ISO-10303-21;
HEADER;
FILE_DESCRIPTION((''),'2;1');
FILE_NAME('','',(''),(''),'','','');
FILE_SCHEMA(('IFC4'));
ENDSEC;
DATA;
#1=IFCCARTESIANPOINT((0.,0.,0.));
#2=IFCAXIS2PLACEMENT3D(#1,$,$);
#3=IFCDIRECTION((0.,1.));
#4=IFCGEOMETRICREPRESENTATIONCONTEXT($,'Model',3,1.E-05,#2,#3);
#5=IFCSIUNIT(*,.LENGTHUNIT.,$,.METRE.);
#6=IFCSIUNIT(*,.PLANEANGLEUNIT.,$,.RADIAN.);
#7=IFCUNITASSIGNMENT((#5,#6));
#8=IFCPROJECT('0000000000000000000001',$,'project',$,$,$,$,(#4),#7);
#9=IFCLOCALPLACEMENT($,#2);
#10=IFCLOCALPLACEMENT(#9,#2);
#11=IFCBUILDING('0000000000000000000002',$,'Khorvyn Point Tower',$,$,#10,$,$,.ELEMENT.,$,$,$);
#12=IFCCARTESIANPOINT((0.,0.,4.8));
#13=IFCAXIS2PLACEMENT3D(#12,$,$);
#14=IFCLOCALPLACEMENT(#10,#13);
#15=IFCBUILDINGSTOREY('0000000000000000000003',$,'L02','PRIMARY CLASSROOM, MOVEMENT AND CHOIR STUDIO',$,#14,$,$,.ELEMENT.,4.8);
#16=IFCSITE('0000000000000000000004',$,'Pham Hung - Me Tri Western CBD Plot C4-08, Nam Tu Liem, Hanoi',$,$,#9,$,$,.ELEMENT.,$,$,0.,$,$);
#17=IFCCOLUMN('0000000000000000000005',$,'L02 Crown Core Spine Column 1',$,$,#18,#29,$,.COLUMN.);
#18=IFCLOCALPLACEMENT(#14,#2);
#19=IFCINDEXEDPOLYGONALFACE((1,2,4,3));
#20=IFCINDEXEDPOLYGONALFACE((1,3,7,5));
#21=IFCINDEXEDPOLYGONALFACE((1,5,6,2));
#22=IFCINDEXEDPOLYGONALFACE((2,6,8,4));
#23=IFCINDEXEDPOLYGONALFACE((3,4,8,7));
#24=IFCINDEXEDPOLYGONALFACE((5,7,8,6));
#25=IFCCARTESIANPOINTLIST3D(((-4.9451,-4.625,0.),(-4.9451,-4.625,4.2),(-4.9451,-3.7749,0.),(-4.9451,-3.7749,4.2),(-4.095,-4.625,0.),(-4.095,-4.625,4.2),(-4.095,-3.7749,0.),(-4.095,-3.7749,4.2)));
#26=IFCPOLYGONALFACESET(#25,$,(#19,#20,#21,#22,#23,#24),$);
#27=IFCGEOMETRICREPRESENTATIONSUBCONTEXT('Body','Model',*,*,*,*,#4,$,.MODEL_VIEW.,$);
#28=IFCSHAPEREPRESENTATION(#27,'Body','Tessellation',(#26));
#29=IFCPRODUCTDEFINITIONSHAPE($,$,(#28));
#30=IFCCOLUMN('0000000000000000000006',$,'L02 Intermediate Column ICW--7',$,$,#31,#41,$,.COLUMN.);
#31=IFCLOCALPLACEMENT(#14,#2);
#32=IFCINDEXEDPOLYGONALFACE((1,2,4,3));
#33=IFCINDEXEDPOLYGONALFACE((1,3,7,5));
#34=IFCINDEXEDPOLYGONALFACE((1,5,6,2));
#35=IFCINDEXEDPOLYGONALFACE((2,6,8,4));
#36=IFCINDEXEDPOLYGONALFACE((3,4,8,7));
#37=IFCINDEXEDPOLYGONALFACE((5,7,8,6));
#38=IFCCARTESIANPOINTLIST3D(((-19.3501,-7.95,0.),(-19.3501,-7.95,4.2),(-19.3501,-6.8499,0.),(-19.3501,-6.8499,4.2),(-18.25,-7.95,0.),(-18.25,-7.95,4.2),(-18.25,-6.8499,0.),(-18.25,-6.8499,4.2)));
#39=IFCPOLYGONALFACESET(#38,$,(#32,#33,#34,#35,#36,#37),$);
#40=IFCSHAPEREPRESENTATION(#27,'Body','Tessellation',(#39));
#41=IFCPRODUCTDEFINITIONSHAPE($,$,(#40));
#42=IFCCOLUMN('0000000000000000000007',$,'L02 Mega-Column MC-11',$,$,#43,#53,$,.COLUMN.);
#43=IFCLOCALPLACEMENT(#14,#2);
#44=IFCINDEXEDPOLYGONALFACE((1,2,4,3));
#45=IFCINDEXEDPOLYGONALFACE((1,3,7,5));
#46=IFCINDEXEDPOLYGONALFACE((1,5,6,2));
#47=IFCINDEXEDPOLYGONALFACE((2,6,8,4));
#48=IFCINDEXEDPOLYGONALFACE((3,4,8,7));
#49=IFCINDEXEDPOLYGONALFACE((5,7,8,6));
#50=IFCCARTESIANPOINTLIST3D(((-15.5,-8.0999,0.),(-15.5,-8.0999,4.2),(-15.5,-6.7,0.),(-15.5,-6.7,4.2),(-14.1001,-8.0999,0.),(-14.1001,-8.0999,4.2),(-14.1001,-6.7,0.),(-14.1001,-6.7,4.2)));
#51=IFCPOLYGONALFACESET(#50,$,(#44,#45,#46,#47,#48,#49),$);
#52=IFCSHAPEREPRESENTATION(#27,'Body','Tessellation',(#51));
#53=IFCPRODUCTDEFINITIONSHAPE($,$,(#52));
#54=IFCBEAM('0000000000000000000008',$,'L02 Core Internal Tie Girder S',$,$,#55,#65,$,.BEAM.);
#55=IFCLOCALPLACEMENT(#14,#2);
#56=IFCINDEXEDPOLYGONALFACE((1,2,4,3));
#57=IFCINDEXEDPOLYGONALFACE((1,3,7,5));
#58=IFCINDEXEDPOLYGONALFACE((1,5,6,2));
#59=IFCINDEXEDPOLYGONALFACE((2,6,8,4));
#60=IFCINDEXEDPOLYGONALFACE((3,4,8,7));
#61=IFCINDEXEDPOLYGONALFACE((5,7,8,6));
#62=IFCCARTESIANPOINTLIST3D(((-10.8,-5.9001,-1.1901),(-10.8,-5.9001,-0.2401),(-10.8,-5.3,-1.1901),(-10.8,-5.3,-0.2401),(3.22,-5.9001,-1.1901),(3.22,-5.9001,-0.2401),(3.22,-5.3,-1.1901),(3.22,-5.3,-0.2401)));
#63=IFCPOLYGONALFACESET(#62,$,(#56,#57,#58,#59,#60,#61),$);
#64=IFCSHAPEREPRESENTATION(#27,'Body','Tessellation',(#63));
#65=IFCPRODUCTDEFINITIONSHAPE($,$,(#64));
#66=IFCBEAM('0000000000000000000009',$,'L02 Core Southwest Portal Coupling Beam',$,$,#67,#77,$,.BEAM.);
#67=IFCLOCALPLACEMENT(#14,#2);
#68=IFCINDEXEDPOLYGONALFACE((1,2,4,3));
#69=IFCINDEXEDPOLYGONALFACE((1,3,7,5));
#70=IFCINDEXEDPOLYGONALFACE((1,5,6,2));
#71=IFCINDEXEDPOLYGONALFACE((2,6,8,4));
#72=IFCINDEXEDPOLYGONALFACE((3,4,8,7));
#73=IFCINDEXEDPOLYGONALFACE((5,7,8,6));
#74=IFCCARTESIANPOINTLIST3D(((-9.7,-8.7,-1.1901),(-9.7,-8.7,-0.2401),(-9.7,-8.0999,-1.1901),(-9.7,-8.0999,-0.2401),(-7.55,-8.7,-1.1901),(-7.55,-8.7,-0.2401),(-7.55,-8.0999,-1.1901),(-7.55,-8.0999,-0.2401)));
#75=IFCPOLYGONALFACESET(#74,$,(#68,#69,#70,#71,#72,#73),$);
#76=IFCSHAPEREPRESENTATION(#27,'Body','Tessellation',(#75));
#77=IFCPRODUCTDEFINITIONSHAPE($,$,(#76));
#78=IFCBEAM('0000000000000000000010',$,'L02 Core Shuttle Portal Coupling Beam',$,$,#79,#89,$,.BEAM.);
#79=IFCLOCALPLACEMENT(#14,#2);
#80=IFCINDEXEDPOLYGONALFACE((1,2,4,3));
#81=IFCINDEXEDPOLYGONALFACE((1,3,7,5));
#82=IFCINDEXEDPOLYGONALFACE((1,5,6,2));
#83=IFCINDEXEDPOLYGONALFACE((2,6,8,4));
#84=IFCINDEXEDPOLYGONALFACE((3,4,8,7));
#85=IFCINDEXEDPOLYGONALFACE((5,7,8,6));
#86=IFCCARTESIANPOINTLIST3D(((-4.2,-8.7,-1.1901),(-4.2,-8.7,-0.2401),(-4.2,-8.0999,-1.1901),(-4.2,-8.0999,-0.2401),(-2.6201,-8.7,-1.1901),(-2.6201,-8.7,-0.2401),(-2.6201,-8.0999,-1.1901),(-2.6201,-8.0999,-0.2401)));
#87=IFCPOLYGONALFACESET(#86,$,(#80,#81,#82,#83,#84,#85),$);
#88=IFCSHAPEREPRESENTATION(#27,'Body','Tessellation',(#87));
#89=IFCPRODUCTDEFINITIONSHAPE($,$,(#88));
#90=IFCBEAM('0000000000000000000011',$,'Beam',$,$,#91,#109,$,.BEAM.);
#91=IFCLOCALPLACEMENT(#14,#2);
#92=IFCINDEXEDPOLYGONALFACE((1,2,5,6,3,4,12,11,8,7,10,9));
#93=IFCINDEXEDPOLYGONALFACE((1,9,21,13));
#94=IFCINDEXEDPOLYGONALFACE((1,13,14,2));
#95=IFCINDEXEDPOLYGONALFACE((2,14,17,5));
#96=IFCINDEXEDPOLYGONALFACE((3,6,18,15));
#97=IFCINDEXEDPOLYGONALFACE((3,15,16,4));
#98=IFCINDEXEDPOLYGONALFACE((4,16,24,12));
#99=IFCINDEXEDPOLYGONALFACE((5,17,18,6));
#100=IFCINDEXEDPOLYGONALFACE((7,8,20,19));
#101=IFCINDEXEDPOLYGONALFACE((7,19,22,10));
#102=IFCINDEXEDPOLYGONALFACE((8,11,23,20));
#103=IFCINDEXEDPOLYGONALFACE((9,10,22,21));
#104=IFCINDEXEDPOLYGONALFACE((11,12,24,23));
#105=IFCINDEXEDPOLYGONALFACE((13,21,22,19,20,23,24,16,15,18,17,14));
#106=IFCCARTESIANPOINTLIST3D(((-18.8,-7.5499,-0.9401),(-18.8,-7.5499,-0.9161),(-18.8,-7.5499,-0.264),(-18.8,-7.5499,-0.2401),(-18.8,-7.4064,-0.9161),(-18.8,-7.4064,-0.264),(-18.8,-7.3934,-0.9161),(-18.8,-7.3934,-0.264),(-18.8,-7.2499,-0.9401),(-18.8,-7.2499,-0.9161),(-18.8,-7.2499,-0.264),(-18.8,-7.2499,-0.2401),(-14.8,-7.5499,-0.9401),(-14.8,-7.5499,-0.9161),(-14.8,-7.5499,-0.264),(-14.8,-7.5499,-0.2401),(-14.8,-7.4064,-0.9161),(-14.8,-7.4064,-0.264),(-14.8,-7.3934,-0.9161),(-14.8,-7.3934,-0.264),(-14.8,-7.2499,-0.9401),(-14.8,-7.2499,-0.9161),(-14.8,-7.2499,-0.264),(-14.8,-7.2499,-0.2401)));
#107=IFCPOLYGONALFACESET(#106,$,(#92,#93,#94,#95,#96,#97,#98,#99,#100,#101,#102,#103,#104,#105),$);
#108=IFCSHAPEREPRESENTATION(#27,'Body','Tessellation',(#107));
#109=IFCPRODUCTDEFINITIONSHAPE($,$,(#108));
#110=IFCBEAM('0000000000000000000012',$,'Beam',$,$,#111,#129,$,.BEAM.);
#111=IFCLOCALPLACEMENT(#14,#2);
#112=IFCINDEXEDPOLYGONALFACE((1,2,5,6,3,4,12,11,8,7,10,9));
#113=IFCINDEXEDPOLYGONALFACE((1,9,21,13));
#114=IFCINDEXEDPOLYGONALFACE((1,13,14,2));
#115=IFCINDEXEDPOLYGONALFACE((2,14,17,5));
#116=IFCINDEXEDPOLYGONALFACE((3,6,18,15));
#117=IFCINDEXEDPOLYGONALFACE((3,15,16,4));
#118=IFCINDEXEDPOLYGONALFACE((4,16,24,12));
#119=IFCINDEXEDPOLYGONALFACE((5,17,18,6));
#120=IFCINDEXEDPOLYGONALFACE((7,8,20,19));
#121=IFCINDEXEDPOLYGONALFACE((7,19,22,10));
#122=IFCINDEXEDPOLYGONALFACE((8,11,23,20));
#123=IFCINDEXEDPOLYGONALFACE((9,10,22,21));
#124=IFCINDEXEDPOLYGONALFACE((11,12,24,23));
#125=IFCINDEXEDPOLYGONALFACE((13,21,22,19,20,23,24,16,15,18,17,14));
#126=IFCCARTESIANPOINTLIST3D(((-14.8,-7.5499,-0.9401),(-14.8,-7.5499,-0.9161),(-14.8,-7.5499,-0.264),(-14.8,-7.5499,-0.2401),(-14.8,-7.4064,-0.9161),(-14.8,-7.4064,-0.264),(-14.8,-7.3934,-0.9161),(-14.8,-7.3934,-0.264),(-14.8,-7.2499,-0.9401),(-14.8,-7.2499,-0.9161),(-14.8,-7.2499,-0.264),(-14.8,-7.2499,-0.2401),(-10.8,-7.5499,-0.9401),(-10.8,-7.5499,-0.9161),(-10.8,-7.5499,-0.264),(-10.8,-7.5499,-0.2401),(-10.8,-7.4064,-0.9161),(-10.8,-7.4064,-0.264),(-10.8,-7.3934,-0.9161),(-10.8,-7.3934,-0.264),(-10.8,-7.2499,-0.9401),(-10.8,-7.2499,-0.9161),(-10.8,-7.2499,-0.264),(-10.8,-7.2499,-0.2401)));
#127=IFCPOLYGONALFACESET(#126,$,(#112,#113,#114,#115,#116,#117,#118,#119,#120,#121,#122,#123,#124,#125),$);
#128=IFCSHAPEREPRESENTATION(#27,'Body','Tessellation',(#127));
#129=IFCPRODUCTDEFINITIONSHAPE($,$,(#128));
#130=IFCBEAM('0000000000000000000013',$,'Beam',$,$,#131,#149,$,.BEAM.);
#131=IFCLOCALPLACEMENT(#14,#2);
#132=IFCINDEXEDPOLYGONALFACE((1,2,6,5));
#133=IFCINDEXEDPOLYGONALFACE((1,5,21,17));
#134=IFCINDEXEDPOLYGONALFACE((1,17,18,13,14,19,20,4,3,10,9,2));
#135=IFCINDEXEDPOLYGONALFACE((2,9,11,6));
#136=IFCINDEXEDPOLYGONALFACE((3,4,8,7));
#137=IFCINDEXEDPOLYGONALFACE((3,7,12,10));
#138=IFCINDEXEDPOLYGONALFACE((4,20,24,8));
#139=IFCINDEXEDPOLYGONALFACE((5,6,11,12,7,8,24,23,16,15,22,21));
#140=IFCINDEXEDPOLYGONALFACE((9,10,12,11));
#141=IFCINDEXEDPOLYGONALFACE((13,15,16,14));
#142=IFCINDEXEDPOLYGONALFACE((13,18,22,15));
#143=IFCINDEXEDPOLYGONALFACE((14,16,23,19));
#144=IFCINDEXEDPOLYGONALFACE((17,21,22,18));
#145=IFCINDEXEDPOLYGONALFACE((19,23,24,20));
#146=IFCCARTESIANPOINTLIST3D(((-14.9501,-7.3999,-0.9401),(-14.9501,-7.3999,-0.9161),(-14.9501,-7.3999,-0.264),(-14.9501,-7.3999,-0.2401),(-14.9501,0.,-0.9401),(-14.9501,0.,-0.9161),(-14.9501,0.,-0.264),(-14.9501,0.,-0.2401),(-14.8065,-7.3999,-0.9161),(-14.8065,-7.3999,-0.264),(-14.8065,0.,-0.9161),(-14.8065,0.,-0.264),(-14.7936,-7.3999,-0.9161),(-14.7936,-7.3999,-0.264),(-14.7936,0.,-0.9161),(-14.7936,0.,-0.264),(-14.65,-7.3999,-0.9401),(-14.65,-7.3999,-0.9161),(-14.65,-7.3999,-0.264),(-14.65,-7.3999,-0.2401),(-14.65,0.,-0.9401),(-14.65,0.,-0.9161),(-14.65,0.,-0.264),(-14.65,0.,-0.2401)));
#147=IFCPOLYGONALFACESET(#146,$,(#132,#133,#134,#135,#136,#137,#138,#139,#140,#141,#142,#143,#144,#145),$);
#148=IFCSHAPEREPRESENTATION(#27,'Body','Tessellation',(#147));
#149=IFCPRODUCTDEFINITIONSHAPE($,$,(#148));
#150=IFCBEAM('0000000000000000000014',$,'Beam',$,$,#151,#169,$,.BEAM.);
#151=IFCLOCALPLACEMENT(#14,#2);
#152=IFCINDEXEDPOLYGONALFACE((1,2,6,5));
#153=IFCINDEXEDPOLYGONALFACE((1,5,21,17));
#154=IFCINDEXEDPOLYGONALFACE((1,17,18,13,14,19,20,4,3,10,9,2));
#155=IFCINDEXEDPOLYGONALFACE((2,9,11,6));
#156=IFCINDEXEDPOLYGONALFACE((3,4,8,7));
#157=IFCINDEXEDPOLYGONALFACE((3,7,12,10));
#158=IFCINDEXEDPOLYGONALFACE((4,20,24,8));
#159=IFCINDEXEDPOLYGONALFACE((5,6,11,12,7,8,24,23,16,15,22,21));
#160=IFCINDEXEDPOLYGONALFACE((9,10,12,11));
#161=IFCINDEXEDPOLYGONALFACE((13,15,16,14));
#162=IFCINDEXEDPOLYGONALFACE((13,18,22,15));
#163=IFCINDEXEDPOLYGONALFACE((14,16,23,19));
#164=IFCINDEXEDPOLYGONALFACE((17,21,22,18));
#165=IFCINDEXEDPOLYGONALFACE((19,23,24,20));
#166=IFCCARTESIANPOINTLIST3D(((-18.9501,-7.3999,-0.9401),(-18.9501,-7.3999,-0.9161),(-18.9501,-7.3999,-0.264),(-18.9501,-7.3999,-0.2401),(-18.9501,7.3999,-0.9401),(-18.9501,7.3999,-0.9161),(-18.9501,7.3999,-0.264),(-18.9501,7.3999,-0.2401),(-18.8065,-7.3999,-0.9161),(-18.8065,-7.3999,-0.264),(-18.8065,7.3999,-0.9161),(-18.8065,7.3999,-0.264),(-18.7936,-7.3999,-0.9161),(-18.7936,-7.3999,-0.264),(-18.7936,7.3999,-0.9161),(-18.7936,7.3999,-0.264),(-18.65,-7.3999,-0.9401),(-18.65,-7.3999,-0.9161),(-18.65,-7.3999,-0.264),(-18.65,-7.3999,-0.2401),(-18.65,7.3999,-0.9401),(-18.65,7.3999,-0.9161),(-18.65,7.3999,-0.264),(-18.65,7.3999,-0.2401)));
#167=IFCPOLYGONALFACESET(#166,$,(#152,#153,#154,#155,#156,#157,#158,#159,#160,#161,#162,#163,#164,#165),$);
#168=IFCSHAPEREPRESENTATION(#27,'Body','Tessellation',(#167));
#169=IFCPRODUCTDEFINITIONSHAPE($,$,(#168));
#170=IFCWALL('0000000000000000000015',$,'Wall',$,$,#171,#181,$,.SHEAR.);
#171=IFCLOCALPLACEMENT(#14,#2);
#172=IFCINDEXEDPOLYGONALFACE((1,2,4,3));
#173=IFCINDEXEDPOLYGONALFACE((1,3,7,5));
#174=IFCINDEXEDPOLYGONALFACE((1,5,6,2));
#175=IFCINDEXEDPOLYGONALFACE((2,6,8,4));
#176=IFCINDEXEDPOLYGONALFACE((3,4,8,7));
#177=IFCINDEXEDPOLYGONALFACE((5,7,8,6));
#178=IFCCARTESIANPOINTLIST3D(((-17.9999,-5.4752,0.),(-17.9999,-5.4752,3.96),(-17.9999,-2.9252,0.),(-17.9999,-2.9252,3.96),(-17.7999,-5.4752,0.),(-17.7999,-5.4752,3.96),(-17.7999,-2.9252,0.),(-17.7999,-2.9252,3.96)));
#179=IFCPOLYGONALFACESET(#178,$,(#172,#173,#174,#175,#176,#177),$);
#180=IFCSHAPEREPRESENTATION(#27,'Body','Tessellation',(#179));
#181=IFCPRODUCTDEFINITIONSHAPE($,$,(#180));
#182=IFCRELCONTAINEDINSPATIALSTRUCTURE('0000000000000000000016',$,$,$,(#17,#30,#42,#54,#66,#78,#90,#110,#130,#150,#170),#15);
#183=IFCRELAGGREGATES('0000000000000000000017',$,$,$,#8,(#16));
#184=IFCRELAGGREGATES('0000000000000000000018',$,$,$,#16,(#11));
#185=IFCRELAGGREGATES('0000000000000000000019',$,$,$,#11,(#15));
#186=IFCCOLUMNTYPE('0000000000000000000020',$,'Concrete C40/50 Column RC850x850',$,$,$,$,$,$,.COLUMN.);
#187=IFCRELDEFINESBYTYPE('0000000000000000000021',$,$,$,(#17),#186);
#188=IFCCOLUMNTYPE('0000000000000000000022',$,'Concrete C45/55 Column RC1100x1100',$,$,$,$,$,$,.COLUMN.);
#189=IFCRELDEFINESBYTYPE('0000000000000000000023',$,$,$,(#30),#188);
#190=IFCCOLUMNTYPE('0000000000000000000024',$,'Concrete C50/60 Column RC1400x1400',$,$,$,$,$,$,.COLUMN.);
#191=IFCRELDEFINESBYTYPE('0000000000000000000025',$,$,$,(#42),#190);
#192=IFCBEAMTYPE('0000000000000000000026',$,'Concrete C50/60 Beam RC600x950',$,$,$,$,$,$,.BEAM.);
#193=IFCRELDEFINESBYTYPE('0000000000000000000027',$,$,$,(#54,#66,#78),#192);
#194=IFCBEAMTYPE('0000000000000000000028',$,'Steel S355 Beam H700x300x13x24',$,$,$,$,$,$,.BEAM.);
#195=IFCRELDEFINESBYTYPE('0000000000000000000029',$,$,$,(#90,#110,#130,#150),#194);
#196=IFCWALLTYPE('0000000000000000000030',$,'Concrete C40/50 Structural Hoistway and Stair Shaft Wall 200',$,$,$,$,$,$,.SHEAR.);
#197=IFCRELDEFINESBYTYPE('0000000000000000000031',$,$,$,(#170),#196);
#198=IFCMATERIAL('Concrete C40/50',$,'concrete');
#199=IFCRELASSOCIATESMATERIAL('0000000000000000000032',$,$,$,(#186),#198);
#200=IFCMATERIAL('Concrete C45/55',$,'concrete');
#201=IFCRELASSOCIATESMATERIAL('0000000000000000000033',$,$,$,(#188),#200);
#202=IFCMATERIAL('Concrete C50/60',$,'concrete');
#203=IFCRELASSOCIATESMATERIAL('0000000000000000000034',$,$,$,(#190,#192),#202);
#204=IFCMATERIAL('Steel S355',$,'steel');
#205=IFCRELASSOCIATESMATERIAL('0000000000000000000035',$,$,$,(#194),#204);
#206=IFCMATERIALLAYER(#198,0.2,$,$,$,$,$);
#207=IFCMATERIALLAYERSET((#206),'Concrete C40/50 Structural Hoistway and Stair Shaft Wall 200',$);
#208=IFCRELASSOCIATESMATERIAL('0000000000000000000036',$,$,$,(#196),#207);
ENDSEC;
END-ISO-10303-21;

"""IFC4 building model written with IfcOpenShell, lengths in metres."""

from ifc_helpers import new_model, si_unit, direction, frame, frame_2d, origin, origin_2d, place, context, subcontext, project, spatial, rectangle, i_section, extrude, material, layer, layer_set, material_profile, profile_set, type_object, element, save


model = new_model("IFC4")

# Units and contexts
model_context = context("Model", 3, precision=1e-05, world=origin(), true_north=direction((0.0, 1.0)))
body_context = subcontext(model_context, "Body", "Model", "MODEL_VIEW")
ifc_project = project(units=[si_unit("LENGTHUNIT", "METRE"), si_unit("PLANEANGLEUNIT", "RADIAN")], contexts=[model_context])

# Site, building, storey
site_placement = place(None, origin())
site = spatial("IfcSite", under=ifc_project, at=site_placement, Name="Pham Hung - Me Tri Western CBD Plot C4-08, Nam Tu Liem, Hanoi", CompositionType="ELEMENT", RefElevation=0.0)
building_placement = place(site_placement, origin())
building = spatial("IfcBuilding", under=site, at=building_placement, Name="Khorvyn Point Tower", CompositionType="ELEMENT")
storey_placement = place(building_placement, frame((0.0, 0.0, 4.8)))
storey = spatial("IfcBuildingStorey", under=building, at=storey_placement, Name="L02", Description="PRIMARY CLASSROOM, MOVEMENT AND CHOIR STUDIO", CompositionType="ELEMENT", Elevation=4.8)

# Columns
ifc_material_1 = material(Name="Concrete C40/50", Category="concrete")
ifc_material_profile_1 = material_profile(ifc_material_1, rectangle(XDim=0.8501, YDim=0.8501, at=origin_2d()))
ifc_profile_set_1 = profile_set([ifc_material_profile_1], Name="Concrete C40/50 RC850x850")
column_type_1 = type_object("IfcColumnType", Name="Concrete C40/50 Column RC850x850", PredefinedType="COLUMN", material=ifc_profile_set_1)
column_1_placement = place(storey_placement, frame((-4.52, -4.2, 0.0), z_axis=(0.0, 0.0, 1.0), x_axis=(1.0, 0.0, 0.0)))
element("IfcColumn", 1, at=column_1_placement, inside=storey, type_object=column_type_1, Name="L02 Crown Core Spine Column 1", PredefinedType="COLUMN", context=body_context, shape_type="SweptSolid", body=[
    extrude(rectangle(XDim=0.8501, YDim=0.8501, at=origin_2d()), origin(), (0.0, 0.0, 1.0), 4.2),
])
ifc_material_2 = material(Name="Concrete C45/55", Category="concrete")
ifc_material_profile_2 = material_profile(ifc_material_2, rectangle(XDim=1.1001, YDim=1.1001, at=origin_2d()))
ifc_profile_set_2 = profile_set([ifc_material_profile_2], Name="Concrete C45/55 RC1100x1100")
column_type_2 = type_object("IfcColumnType", Name="Concrete C45/55 Column RC1100x1100", PredefinedType="COLUMN", material=ifc_profile_set_2)
column_2_placement = place(storey_placement, frame((-18.8, -7.3999, 0.0), z_axis=(0.0, 0.0, 1.0), x_axis=(1.0, 0.0, 0.0)))
element("IfcColumn", 2, at=column_2_placement, inside=storey, type_object=column_type_2, Name="L02 Intermediate Column ICW--7", PredefinedType="COLUMN", context=body_context, shape_type="SweptSolid", body=[
    extrude(rectangle(XDim=1.1001, YDim=1.1001, at=origin_2d()), origin(), (0.0, 0.0, 1.0), 4.2),
])
ifc_material_3 = material(Name="Concrete C50/60", Category="concrete")
ifc_material_profile_3 = material_profile(ifc_material_3, rectangle(XDim=1.3999, YDim=1.3999, at=origin_2d()))
ifc_profile_set_3 = profile_set([ifc_material_profile_3], Name="Concrete C50/60 RC1400x1400")
column_type_3 = type_object("IfcColumnType", Name="Concrete C50/60 Column RC1400x1400", PredefinedType="COLUMN", material=ifc_profile_set_3)
column_3_placement = place(storey_placement, frame((-14.8, -7.3999, 0.0), z_axis=(0.0, 0.0, 1.0), x_axis=(1.0, 0.0, 0.0)))
element("IfcColumn", 3, at=column_3_placement, inside=storey, type_object=column_type_3, Name="L02 Mega-Column MC-11", PredefinedType="COLUMN", context=body_context, shape_type="SweptSolid", body=[
    extrude(rectangle(XDim=1.3999, YDim=1.3999, at=origin_2d()), origin(), (0.0, 0.0, 1.0), 4.2),
])

# Beams
ifc_material_profile_4 = material_profile(ifc_material_3, rectangle(XDim=0.6001, YDim=0.95, at=origin_2d()))
ifc_profile_set_4 = profile_set([ifc_material_profile_4], Name="Concrete C50/60 RC600x950")
beam_type_1 = type_object("IfcBeamType", Name="Concrete C50/60 Beam RC600x950", PredefinedType="BEAM", material=ifc_profile_set_4)
beam_1_placement = place(storey_placement, frame((-10.8, -5.6001, -0.7151), z_axis=(1.0, 0.0, 0.0), x_axis=(0.0, 1.0, 0.0)))
element("IfcBeam", 4, at=beam_1_placement, inside=storey, type_object=beam_type_1, Name="L02 Core Internal Tie Girder S", PredefinedType="BEAM", context=body_context, shape_type="SweptSolid", body=[
    extrude(rectangle(XDim=0.6001, YDim=0.95, at=origin_2d()), origin(), (0.0, 0.0, 1.0), 14.02),
])
beam_2_placement = place(storey_placement, frame((-9.7, -8.3999, -0.7151), z_axis=(1.0, 0.0, 0.0), x_axis=(0.0, 1.0, 0.0)))
element("IfcBeam", 5, at=beam_2_placement, inside=storey, type_object=beam_type_1, Name="L02 Core Southwest Portal Coupling Beam", PredefinedType="BEAM", context=body_context, shape_type="SweptSolid", body=[
    extrude(rectangle(XDim=0.6001, YDim=0.95, at=origin_2d()), origin(), (0.0, 0.0, 1.0), 2.1499),
])
beam_3_placement = place(storey_placement, frame((-4.2, -8.3999, -0.7151), z_axis=(1.0, 0.0, 0.0), x_axis=(0.0, 1.0, 0.0)))
element("IfcBeam", 6, at=beam_3_placement, inside=storey, type_object=beam_type_1, Name="L02 Core Shuttle Portal Coupling Beam", PredefinedType="BEAM", context=body_context, shape_type="SweptSolid", body=[
    extrude(rectangle(XDim=0.6001, YDim=0.95, at=origin_2d()), origin(), (0.0, 0.0, 1.0), 1.5798),
])
ifc_material_4 = material(Name="Steel S355", Category="steel")
ifc_material_profile_5 = material_profile(ifc_material_4, i_section(OverallWidth=0.3, OverallDepth=0.7, WebThickness=0.0129, FlangeThickness=0.0239, at=origin_2d()))
ifc_profile_set_5 = profile_set([ifc_material_profile_5], Name="Steel S355 H700x300x13x24")
beam_type_2 = type_object("IfcBeamType", Name="Steel S355 Beam H700x300x13x24", PredefinedType="BEAM", material=ifc_profile_set_5)
for number, where, z_axis, x_axis, name in (
    (7, (-18.8, -7.3999, -0.5901), (1.0, 0.0, 0.0), (0.0, 1.0, 0.0), "Beam"),
    (8, (-14.8, -7.3999, -0.5901), (1.0, 0.0, 0.0), (0.0, 1.0, 0.0), "Beam"),
):
    element("IfcBeam", number, at=place(storey_placement, frame(where, z_axis=z_axis, x_axis=x_axis)), inside=storey, type_object=beam_type_2, Name=name, PredefinedType="BEAM", context=body_context, shape_type="SweptSolid", body=[
        extrude(i_section(OverallWidth=0.3, OverallDepth=0.7, WebThickness=0.0129, FlangeThickness=0.0239, at=origin_2d()), origin(), (0.0, 0.0, 1.0), 4.0),
    ])
beam_4_placement = place(storey_placement, frame((-14.8, -7.3999, -0.5901), z_axis=(0.0, 1.0, 0.0), x_axis=(-1.0, 0.0, 0.0)))
element("IfcBeam", 9, at=beam_4_placement, inside=storey, type_object=beam_type_2, Name="Beam", PredefinedType="BEAM", context=body_context, shape_type="SweptSolid", body=[
    extrude(i_section(OverallWidth=0.3, OverallDepth=0.7, WebThickness=0.0129, FlangeThickness=0.0239, at=origin_2d()), origin(), (0.0, 0.0, 1.0), 7.3999),
])
beam_5_placement = place(storey_placement, frame((-18.8, -7.3999, -0.5901), z_axis=(0.0, 1.0, 0.0), x_axis=(-1.0, 0.0, 0.0)))
element("IfcBeam", 10, at=beam_5_placement, inside=storey, type_object=beam_type_2, Name="Beam", PredefinedType="BEAM", context=body_context, shape_type="SweptSolid", body=[
    extrude(i_section(OverallWidth=0.3, OverallDepth=0.7, WebThickness=0.0129, FlangeThickness=0.0239, at=origin_2d()), origin(), (0.0, 0.0, 1.0), 14.7998),
])

# Wall
ifc_layer_1 = layer(ifc_material_1, 0.2)
ifc_layer_set_1 = layer_set([ifc_layer_1], Name="Concrete C40/50 Structural Hoistway and Stair Shaft Wall 200")
wall_type_1 = type_object("IfcWallType", Name="Concrete C40/50 Structural Hoistway and Stair Shaft Wall 200", PredefinedType="SHEAR", material=ifc_layer_set_1)
for number, where, z_axis, x_axis, name in (
    (11, (-17.8999, -5.4751, 0.0), (0.0, 0.0, 1.0), (0.0, 1.0, 0.0), "Wall"),
):
    element("IfcWall", number, at=place(storey_placement, frame(where, z_axis=z_axis, x_axis=x_axis)), inside=storey, type_object=wall_type_1, Name=name, PredefinedType="SHEAR", context=body_context, shape_type="SweptSolid", body=[
        extrude(rectangle(XDim=2.55, YDim=0.2, at=frame_2d((1.2749, 0.0))), origin(), (0.0, 0.0, 1.0), 3.96),
    ])

save(model, "model.ifc")
